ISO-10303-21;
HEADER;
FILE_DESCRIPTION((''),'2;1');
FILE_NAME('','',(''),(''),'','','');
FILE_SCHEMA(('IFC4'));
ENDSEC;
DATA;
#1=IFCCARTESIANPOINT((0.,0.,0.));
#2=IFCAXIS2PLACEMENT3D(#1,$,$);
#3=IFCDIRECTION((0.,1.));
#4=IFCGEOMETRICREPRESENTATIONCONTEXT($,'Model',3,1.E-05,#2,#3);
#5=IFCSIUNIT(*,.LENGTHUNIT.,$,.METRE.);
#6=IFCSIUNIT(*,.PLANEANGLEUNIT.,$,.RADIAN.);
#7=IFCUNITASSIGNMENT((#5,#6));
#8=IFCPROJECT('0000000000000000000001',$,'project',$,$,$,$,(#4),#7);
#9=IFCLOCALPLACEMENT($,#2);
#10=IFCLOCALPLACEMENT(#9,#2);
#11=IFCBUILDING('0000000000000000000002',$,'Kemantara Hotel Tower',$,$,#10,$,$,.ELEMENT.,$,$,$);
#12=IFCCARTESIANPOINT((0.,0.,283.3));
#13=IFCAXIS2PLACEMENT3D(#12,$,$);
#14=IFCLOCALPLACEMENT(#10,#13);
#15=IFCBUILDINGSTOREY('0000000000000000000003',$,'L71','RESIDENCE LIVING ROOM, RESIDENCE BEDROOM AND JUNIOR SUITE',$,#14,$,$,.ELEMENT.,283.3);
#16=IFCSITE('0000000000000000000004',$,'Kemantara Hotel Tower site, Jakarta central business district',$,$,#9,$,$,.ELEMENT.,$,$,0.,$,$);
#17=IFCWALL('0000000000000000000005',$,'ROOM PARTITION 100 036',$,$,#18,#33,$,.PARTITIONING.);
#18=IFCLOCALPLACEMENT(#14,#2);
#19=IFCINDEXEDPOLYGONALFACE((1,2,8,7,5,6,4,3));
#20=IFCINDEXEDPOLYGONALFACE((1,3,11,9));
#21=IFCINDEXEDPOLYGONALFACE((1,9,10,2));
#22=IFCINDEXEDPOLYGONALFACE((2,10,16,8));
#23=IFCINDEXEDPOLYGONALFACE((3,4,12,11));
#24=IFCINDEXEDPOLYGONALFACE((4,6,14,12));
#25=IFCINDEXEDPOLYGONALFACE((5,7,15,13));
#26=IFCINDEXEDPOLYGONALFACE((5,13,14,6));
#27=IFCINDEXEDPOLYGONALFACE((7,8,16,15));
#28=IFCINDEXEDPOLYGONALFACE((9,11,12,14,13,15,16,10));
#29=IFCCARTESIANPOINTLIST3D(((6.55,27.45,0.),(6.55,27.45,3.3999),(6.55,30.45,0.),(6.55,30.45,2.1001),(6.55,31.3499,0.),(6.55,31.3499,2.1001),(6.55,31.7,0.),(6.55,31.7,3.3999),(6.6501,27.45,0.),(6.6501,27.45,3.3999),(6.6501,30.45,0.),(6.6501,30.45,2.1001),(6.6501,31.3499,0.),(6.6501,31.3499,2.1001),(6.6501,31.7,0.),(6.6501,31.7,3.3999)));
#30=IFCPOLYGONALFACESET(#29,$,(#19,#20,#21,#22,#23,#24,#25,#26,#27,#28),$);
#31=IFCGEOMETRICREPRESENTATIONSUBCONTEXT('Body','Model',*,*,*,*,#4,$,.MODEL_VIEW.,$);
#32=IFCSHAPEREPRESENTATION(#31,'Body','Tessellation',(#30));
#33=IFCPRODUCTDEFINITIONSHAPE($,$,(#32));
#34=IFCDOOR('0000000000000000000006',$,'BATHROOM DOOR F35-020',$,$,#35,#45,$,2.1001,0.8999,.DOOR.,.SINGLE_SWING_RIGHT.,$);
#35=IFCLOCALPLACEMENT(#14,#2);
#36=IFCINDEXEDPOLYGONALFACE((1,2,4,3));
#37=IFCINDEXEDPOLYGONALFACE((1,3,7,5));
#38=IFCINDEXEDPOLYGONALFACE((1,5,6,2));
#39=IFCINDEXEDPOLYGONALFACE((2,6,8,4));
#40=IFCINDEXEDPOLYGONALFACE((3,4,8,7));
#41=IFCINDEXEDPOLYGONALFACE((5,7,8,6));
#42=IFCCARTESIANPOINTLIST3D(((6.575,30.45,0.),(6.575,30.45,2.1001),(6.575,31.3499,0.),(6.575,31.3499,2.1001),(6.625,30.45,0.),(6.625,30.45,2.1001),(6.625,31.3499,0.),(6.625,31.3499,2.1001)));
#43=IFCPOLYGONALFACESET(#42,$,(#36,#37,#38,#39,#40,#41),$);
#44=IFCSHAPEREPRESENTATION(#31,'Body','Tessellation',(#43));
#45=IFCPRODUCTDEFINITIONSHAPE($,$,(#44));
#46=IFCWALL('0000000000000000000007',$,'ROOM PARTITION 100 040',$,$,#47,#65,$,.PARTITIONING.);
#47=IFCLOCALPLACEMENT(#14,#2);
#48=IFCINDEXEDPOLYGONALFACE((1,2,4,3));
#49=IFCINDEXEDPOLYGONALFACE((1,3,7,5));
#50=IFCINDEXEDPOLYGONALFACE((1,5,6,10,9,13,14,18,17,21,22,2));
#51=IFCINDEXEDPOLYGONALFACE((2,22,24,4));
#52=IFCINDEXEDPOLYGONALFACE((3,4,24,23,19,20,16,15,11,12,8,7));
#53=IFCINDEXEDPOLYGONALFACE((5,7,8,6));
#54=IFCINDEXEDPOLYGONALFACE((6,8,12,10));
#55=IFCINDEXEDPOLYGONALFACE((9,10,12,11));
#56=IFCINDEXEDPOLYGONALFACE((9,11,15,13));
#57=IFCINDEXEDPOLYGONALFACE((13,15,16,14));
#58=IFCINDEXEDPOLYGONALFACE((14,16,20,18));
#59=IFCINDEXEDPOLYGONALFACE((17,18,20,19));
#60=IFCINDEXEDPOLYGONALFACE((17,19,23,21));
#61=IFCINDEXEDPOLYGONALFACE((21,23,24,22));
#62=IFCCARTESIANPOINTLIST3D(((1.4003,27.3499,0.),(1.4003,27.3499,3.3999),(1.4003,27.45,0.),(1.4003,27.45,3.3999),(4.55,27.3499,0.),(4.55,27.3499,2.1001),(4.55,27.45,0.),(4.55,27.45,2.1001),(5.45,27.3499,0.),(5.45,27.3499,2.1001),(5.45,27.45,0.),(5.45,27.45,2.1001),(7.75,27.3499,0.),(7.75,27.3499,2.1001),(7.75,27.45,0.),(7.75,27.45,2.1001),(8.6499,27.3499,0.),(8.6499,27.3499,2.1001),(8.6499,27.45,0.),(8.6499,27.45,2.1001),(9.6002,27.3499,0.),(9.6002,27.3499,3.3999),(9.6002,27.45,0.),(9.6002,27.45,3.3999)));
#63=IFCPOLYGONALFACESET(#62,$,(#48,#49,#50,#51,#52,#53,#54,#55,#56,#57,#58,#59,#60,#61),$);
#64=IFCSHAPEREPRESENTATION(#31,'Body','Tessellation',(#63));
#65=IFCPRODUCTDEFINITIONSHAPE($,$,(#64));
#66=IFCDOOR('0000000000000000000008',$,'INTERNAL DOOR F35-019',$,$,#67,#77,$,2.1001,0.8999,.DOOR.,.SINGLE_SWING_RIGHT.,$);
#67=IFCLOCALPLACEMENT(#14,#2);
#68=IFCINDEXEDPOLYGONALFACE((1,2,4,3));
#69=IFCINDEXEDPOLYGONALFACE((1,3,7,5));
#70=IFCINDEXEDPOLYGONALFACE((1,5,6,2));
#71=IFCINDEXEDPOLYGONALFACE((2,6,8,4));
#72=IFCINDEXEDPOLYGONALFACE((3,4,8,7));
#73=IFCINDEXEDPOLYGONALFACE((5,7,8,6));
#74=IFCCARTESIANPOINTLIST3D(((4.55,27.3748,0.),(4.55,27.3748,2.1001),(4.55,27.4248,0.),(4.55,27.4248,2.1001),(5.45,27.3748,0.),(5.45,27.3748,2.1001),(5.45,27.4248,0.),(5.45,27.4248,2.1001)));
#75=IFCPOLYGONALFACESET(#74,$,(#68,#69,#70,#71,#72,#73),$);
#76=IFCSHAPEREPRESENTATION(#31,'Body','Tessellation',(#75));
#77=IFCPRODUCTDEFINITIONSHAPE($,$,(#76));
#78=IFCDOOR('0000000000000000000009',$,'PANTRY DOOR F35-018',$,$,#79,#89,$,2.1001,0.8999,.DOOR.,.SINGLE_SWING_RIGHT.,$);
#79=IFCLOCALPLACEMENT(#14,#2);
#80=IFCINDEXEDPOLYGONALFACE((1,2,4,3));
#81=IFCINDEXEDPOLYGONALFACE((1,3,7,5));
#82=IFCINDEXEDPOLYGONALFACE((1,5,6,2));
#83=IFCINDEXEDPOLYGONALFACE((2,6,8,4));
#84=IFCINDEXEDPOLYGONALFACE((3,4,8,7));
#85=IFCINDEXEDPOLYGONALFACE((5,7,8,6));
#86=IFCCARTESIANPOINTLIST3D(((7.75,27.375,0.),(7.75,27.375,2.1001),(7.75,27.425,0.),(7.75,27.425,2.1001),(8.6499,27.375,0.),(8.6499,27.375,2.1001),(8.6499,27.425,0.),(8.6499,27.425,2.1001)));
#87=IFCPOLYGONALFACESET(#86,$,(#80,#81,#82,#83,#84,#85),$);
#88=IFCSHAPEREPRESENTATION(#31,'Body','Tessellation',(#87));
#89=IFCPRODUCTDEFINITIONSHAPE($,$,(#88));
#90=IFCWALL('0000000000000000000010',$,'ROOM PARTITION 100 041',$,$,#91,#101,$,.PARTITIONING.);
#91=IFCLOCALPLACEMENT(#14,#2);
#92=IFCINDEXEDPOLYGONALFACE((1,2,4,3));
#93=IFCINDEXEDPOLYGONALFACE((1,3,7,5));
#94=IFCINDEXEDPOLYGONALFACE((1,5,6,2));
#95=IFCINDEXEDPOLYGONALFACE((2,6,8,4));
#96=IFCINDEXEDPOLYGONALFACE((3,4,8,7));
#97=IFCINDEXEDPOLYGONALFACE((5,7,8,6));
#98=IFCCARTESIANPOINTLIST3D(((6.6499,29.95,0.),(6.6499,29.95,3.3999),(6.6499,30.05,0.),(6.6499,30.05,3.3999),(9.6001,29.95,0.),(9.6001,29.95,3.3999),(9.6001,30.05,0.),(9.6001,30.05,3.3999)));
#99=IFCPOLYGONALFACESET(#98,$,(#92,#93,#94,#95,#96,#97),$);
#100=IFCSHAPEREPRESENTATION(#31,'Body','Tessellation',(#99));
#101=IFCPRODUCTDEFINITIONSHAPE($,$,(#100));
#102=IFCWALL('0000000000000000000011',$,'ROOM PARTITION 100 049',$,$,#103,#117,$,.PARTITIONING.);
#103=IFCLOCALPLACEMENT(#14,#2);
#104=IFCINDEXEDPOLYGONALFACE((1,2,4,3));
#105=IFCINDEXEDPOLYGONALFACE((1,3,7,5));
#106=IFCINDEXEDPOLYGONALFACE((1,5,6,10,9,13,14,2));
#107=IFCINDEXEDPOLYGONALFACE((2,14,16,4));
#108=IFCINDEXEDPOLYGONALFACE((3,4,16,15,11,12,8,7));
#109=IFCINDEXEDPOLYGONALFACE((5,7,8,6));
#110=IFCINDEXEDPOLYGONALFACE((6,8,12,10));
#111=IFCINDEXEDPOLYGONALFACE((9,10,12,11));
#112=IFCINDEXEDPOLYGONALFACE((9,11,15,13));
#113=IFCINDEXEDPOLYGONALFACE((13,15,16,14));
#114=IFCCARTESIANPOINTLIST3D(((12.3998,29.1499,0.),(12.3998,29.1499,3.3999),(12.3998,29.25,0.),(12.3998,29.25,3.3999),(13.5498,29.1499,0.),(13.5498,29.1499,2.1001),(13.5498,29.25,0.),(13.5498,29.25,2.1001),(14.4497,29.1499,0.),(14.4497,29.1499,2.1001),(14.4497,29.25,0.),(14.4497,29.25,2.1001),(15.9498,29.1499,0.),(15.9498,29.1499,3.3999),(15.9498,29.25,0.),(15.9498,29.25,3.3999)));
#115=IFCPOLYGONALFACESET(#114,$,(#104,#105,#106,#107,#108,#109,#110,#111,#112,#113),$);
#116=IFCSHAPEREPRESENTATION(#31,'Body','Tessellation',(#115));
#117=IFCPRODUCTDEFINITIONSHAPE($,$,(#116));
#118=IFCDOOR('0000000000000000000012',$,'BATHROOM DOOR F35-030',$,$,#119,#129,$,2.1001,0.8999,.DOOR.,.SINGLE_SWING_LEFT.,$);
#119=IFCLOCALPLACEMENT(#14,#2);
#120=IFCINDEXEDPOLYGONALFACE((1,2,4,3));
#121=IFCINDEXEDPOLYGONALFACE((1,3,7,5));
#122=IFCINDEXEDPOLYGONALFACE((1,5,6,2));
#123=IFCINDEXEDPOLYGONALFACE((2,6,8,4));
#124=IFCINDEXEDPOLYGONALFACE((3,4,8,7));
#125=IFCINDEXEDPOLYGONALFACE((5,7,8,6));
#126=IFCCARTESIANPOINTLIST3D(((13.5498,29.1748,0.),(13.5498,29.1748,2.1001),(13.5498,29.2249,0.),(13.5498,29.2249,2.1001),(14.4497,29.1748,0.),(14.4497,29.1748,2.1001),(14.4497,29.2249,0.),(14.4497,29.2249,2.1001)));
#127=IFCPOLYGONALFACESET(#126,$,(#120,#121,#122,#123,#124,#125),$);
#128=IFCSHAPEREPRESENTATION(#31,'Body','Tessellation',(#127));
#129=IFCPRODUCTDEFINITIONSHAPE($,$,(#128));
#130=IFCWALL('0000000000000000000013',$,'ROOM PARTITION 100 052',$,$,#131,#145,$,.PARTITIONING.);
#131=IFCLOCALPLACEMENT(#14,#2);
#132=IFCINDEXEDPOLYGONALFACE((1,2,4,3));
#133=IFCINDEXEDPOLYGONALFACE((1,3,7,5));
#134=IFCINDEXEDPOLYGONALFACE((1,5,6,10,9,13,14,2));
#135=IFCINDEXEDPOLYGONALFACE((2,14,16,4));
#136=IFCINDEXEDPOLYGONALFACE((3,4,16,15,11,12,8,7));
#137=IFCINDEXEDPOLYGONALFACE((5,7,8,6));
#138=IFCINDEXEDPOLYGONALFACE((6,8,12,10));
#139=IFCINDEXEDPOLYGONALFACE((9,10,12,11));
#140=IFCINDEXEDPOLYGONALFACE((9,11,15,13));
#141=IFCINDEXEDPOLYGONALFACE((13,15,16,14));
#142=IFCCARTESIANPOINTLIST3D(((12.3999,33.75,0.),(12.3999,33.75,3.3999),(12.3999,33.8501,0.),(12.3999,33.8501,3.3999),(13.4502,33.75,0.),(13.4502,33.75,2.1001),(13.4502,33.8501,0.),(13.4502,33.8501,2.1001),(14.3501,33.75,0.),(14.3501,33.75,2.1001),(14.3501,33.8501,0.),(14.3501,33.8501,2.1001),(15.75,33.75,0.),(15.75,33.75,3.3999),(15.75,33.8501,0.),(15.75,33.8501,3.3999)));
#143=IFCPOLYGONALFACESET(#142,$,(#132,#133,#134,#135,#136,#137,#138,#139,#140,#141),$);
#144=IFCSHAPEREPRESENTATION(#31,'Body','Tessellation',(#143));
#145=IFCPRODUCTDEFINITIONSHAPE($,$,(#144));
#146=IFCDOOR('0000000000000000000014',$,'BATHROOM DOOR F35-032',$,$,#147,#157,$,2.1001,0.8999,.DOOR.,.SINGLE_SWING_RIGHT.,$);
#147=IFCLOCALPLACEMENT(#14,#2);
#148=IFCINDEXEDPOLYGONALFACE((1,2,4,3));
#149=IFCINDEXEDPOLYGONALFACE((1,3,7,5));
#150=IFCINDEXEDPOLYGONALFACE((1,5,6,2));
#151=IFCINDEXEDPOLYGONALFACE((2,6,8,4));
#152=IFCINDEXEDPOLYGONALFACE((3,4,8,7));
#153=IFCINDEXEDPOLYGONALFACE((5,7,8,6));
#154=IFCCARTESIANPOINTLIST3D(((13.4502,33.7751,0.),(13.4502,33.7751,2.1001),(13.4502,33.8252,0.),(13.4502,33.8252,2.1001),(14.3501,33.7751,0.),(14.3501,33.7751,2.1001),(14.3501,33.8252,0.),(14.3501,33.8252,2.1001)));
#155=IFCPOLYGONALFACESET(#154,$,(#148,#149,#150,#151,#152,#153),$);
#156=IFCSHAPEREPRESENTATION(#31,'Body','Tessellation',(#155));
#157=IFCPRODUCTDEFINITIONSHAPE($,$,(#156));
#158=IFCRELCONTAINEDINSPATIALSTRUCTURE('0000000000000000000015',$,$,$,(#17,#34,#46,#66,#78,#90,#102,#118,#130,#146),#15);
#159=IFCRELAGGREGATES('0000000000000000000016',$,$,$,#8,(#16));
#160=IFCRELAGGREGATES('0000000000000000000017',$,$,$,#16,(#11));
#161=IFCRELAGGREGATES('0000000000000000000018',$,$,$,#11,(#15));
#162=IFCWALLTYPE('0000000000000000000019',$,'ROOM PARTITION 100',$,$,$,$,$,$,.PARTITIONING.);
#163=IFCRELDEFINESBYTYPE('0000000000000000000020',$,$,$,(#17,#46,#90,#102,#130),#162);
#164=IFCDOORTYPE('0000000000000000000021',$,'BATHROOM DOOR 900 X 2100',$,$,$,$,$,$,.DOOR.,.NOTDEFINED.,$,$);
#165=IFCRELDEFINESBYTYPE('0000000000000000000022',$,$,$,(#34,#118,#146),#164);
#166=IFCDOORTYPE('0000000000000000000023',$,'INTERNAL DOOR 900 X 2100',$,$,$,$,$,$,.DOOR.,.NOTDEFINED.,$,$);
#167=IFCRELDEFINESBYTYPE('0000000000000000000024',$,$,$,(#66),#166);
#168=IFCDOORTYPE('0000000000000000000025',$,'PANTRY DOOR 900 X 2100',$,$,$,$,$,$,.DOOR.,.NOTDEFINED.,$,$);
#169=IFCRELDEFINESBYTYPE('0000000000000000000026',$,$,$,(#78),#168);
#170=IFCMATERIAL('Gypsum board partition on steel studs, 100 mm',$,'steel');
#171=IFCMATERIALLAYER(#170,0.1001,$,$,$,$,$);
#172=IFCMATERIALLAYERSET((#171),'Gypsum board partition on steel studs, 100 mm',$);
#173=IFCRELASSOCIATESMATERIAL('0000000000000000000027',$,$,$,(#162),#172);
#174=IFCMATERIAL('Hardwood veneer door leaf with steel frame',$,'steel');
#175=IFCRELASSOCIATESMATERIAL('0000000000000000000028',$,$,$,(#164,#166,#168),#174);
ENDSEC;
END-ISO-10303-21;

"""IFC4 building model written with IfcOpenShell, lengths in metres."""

from ifc_helpers import new_model, si_unit, direction, frame, frame_2d, origin, place, context, subcontext, project, spatial, rectangle, extrude, material, layer, layer_set, type_object, element, fill, save


model = new_model("IFC4")

# Units and contexts
model_context = context("Model", 3, precision=1e-05, world=origin(), true_north=direction((0.0, 1.0)))
body_context = subcontext(model_context, "Body", "Model", "MODEL_VIEW")
ifc_project = project(units=[si_unit("LENGTHUNIT", "METRE"), si_unit("PLANEANGLEUNIT", "RADIAN")], contexts=[model_context])

# Site, building, storey
site_placement = place(None, origin())
site = spatial("IfcSite", under=ifc_project, at=site_placement, Name="Kemantara Hotel Tower site, Jakarta central business district", CompositionType="ELEMENT", RefElevation=0.0)
building_placement = place(site_placement, origin())
building = spatial("IfcBuilding", under=site, at=building_placement, Name="Kemantara Hotel Tower", CompositionType="ELEMENT")
storey_placement = place(building_placement, frame((0.0, 0.0, 283.3)))
storey = spatial("IfcBuildingStorey", under=building, at=storey_placement, Name="L71", Description="RESIDENCE LIVING ROOM, RESIDENCE BEDROOM AND JUNIOR SUITE", CompositionType="ELEMENT", Elevation=283.3)

# Shared definitions
ifc_material_1 = material(Name="Hardwood veneer door leaf with steel frame", Category="steel")

# Wall, opening, door
ifc_material_2 = material(Name="Gypsum board partition on steel studs, 100 mm", Category="steel")
ifc_layer_1 = layer(ifc_material_2, 0.1001)
ifc_layer_set_1 = layer_set([ifc_layer_1], Name="Gypsum board partition on steel studs, 100 mm")
wall_type_1 = type_object("IfcWallType", Name="ROOM PARTITION 100", PredefinedType="PARTITIONING", material=ifc_layer_set_1)
door_type_1 = type_object("IfcDoorType", Name="BATHROOM DOOR 900 X 2100", OperationType="NOTDEFINED", PredefinedType="DOOR", material=ifc_material_1)
wall_1_placement = place(storey_placement, frame((6.6001, 31.7, 0.0), z_axis=(0.0, 0.0, 1.0), x_axis=(0.0, -1.0, 0.0)))
wall_1 = element("IfcWall", 1, at=wall_1_placement, inside=storey, type_object=wall_type_1, Name="ROOM PARTITION 100 036", PredefinedType="PARTITIONING", context=body_context, shape_type="SweptSolid", body=[
    extrude(rectangle(XDim=4.25, YDim=0.1001, at=frame_2d((2.125, 0.0))), origin(), (0.0, 0.0, 1.0), 3.3999),
])
opening_1_placement = place(wall_1_placement, frame((0.3501, 0.0, 0.0)))
opening_1 = element("IfcOpeningElement", 2, at=opening_1_placement, cuts=wall_1, PredefinedType="OPENING", context=body_context, shape_type="SweptSolid", body=[
    extrude(rectangle(XDim=0.8999, YDim=2.1001, at=frame_2d((0.45, 1.05))), frame((0.0, 0.0601, 0.0), z_axis=(0.0, -1.0, 0.0), x_axis=(1.0, 0.0, 0.0)), (0.0, 0.0, 1.0), 0.1201),
])
door_1_placement = place(opening_1_placement, origin())
door_1 = element("IfcDoor", 3, at=door_1_placement, inside=storey, type_object=door_type_1, Name="BATHROOM DOOR F35-020", OperationType="SINGLE_SWING_RIGHT", OverallHeight=2.1001, OverallWidth=0.8999, PredefinedType="DOOR", context=body_context, shape_type="SweptSolid", body=[
    extrude(rectangle(XDim=0.8999, YDim=2.1001, at=frame_2d((0.45, 1.05))), frame((0.0, 0.0249, 0.0), z_axis=(0.0, -1.0, 0.0), x_axis=(1.0, 0.0, 0.0)), (0.0, 0.0, 1.0), 0.05),
])
fill(opening_1, door_1)

# Wall, openings, doors
wall_2_placement = place(storey_placement, frame((1.4001, 27.3999, 0.0), z_axis=(0.0, 0.0, 1.0), x_axis=(1.0, 0.0, 0.0)))
wall_2 = element("IfcWall", 4, at=wall_2_placement, inside=storey, type_object=wall_type_1, Name="ROOM PARTITION 100 040", PredefinedType="PARTITIONING", context=body_context, shape_type="SweptSolid", body=[
    extrude(rectangle(XDim=8.2, YDim=0.1001, at=frame_2d((4.1001, 0.0))), origin(), (0.0, 0.0, 1.0), 3.3999),
])
opening_2_placement = place(wall_2_placement, frame((6.3499, 0.0, 0.0)))
opening_2 = element("IfcOpeningElement", 5, at=opening_2_placement, cuts=wall_2, PredefinedType="OPENING", context=body_context, shape_type="SweptSolid", body=[
    extrude(rectangle(XDim=0.8999, YDim=2.1001, at=frame_2d((0.45, 1.05))), frame((0.0, 0.0601, 0.0), z_axis=(0.0, -1.0, 0.0), x_axis=(1.0, 0.0, 0.0)), (0.0, 0.0, 1.0), 0.1201),
])
opening_3_placement = place(wall_2_placement, frame((3.1499, 0.0, 0.0)))
opening_3 = element("IfcOpeningElement", 6, at=opening_3_placement, cuts=wall_2, PredefinedType="OPENING", context=body_context, shape_type="SweptSolid", body=[
    extrude(rectangle(XDim=0.8999, YDim=2.1001, at=frame_2d((0.45, 1.05))), frame((0.0, 0.0601, 0.0), z_axis=(0.0, -1.0, 0.0), x_axis=(1.0, 0.0, 0.0)), (0.0, 0.0, 1.0), 0.1201),
])
door_type_2 = type_object("IfcDoorType", Name="INTERNAL DOOR 900 X 2100", OperationType="NOTDEFINED", PredefinedType="DOOR", material=ifc_material_1)
door_2_placement = place(opening_3_placement, origin())
door_2 = element("IfcDoor", 7, at=door_2_placement, inside=storey, type_object=door_type_2, Name="INTERNAL DOOR F35-019", OperationType="SINGLE_SWING_RIGHT", OverallHeight=2.1001, OverallWidth=0.8999, PredefinedType="DOOR", context=body_context, shape_type="SweptSolid", body=[
    extrude(rectangle(XDim=0.8999, YDim=2.1001, at=frame_2d((0.45, 1.05))), frame((0.0, 0.0249, 0.0), z_axis=(0.0, -1.0, 0.0), x_axis=(1.0, 0.0, 0.0)), (0.0, 0.0, 1.0), 0.05),
])
fill(opening_3, door_2)
door_type_3 = type_object("IfcDoorType", Name="PANTRY DOOR 900 X 2100", OperationType="NOTDEFINED", PredefinedType="DOOR", material=ifc_material_1)
door_3_placement = place(opening_2_placement, frame((0.8999, 0.0, 0.0), z_axis=(0.0, 0.0, 1.0), x_axis=(-1.0, 0.0, 0.0)))
door_3 = element("IfcDoor", 8, at=door_3_placement, inside=storey, type_object=door_type_3, Name="PANTRY DOOR F35-018", OperationType="SINGLE_SWING_RIGHT", OverallHeight=2.1001, OverallWidth=0.8999, PredefinedType="DOOR", context=body_context, shape_type="SweptSolid", body=[
    extrude(rectangle(XDim=0.8999, YDim=2.1001, at=frame_2d((0.45, 1.05))), frame((0.0, 0.0249, 0.0), z_axis=(0.0, -1.0, 0.0), x_axis=(1.0, 0.0, 0.0)), (0.0, 0.0, 1.0), 0.05),
])
fill(opening_2, door_3)

# Wall
wall_3_placement = place(storey_placement, frame((6.6499, 30.0, 0.0), z_axis=(0.0, 0.0, 1.0), x_axis=(1.0, 0.0, 0.0)))
element("IfcWall", 9, at=wall_3_placement, inside=storey, type_object=wall_type_1, Name="ROOM PARTITION 100 041", PredefinedType="PARTITIONING", context=body_context, shape_type="SweptSolid", body=[
    extrude(rectangle(XDim=2.9502, YDim=0.1001, at=frame_2d((1.4751, 0.0))), origin(), (0.0, 0.0, 1.0), 3.3999),
])

# Walls, openings, doors
wall_4_placement = place(storey_placement, frame((12.3999, 29.2, 0.0), z_axis=(0.0, 0.0, 1.0), x_axis=(1.0, 0.0, 0.0)))
wall_4 = element("IfcWall", 10, at=wall_4_placement, inside=storey, type_object=wall_type_1, Name="ROOM PARTITION 100 049", PredefinedType="PARTITIONING", context=body_context, shape_type="SweptSolid", body=[
    extrude(rectangle(XDim=3.55, YDim=0.1001, at=frame_2d((1.7749, 0.0))), origin(), (0.0, 0.0, 1.0), 3.3999),
])
opening_4_placement = place(wall_4_placement, frame((1.1499, 0.0, 0.0)))
opening_4 = element("IfcOpeningElement", 11, at=opening_4_placement, cuts=wall_4, PredefinedType="OPENING", context=body_context, shape_type="SweptSolid", body=[
    extrude(rectangle(XDim=0.8999, YDim=2.1001, at=frame_2d((0.45, 1.05))), frame((0.0, 0.0601, 0.0), z_axis=(0.0, -1.0, 0.0), x_axis=(1.0, 0.0, 0.0)), (0.0, 0.0, 1.0), 0.1201),
])
door_4_placement = place(opening_4_placement, origin())
door_4 = element("IfcDoor", 12, at=door_4_placement, inside=storey, type_object=door_type_1, Name="BATHROOM DOOR F35-030", OperationType="SINGLE_SWING_LEFT", OverallHeight=2.1001, OverallWidth=0.8999, PredefinedType="DOOR", context=body_context, shape_type="SweptSolid", body=[
    extrude(rectangle(XDim=0.8999, YDim=2.1001, at=frame_2d((0.45, 1.05))), frame((0.0, 0.0249, 0.0), z_axis=(0.0, -1.0, 0.0), x_axis=(1.0, 0.0, 0.0)), (0.0, 0.0, 1.0), 0.05),
])
fill(opening_4, door_4)
wall_5_placement = place(storey_placement, frame((15.75, 33.8, 0.0), z_axis=(0.0, 0.0, 1.0), x_axis=(-1.0, 0.0, 0.0)))
wall_5 = element("IfcWall", 13, at=wall_5_placement, inside=storey, type_object=wall_type_1, Name="ROOM PARTITION 100 052", PredefinedType="PARTITIONING", context=body_context, shape_type="SweptSolid", body=[
    extrude(rectangle(XDim=3.3501, YDim=0.1001, at=frame_2d((1.675, 0.0))), origin(), (0.0, 0.0, 1.0), 3.3999),
])
opening_5_placement = place(wall_5_placement, frame((1.3999, 0.0, 0.0)))
opening_5 = element("IfcOpeningElement", 14, at=opening_5_placement, cuts=wall_5, PredefinedType="OPENING", context=body_context, shape_type="SweptSolid", body=[
    extrude(rectangle(XDim=0.8999, YDim=2.1001, at=frame_2d((0.45, 1.05))), frame((0.0, 0.0601, 0.0), z_axis=(0.0, -1.0, 0.0), x_axis=(1.0, 0.0, 0.0)), (0.0, 0.0, 1.0), 0.1201),
])
door_5_placement = place(opening_5_placement, origin())
door_5 = element("IfcDoor", 15, at=door_5_placement, inside=storey, type_object=door_type_1, Name="BATHROOM DOOR F35-032", OperationType="SINGLE_SWING_RIGHT", OverallHeight=2.1001, OverallWidth=0.8999, PredefinedType="DOOR", context=body_context, shape_type="SweptSolid", body=[
    extrude(rectangle(XDim=0.8999, YDim=2.1001, at=frame_2d((0.45, 1.05))), frame((0.0, 0.0249, 0.0), z_axis=(0.0, -1.0, 0.0), x_axis=(1.0, 0.0, 0.0)), (0.0, 0.0, 1.0), 0.05),
])
fill(opening_5, door_5)

save(model, "model.ifc")
